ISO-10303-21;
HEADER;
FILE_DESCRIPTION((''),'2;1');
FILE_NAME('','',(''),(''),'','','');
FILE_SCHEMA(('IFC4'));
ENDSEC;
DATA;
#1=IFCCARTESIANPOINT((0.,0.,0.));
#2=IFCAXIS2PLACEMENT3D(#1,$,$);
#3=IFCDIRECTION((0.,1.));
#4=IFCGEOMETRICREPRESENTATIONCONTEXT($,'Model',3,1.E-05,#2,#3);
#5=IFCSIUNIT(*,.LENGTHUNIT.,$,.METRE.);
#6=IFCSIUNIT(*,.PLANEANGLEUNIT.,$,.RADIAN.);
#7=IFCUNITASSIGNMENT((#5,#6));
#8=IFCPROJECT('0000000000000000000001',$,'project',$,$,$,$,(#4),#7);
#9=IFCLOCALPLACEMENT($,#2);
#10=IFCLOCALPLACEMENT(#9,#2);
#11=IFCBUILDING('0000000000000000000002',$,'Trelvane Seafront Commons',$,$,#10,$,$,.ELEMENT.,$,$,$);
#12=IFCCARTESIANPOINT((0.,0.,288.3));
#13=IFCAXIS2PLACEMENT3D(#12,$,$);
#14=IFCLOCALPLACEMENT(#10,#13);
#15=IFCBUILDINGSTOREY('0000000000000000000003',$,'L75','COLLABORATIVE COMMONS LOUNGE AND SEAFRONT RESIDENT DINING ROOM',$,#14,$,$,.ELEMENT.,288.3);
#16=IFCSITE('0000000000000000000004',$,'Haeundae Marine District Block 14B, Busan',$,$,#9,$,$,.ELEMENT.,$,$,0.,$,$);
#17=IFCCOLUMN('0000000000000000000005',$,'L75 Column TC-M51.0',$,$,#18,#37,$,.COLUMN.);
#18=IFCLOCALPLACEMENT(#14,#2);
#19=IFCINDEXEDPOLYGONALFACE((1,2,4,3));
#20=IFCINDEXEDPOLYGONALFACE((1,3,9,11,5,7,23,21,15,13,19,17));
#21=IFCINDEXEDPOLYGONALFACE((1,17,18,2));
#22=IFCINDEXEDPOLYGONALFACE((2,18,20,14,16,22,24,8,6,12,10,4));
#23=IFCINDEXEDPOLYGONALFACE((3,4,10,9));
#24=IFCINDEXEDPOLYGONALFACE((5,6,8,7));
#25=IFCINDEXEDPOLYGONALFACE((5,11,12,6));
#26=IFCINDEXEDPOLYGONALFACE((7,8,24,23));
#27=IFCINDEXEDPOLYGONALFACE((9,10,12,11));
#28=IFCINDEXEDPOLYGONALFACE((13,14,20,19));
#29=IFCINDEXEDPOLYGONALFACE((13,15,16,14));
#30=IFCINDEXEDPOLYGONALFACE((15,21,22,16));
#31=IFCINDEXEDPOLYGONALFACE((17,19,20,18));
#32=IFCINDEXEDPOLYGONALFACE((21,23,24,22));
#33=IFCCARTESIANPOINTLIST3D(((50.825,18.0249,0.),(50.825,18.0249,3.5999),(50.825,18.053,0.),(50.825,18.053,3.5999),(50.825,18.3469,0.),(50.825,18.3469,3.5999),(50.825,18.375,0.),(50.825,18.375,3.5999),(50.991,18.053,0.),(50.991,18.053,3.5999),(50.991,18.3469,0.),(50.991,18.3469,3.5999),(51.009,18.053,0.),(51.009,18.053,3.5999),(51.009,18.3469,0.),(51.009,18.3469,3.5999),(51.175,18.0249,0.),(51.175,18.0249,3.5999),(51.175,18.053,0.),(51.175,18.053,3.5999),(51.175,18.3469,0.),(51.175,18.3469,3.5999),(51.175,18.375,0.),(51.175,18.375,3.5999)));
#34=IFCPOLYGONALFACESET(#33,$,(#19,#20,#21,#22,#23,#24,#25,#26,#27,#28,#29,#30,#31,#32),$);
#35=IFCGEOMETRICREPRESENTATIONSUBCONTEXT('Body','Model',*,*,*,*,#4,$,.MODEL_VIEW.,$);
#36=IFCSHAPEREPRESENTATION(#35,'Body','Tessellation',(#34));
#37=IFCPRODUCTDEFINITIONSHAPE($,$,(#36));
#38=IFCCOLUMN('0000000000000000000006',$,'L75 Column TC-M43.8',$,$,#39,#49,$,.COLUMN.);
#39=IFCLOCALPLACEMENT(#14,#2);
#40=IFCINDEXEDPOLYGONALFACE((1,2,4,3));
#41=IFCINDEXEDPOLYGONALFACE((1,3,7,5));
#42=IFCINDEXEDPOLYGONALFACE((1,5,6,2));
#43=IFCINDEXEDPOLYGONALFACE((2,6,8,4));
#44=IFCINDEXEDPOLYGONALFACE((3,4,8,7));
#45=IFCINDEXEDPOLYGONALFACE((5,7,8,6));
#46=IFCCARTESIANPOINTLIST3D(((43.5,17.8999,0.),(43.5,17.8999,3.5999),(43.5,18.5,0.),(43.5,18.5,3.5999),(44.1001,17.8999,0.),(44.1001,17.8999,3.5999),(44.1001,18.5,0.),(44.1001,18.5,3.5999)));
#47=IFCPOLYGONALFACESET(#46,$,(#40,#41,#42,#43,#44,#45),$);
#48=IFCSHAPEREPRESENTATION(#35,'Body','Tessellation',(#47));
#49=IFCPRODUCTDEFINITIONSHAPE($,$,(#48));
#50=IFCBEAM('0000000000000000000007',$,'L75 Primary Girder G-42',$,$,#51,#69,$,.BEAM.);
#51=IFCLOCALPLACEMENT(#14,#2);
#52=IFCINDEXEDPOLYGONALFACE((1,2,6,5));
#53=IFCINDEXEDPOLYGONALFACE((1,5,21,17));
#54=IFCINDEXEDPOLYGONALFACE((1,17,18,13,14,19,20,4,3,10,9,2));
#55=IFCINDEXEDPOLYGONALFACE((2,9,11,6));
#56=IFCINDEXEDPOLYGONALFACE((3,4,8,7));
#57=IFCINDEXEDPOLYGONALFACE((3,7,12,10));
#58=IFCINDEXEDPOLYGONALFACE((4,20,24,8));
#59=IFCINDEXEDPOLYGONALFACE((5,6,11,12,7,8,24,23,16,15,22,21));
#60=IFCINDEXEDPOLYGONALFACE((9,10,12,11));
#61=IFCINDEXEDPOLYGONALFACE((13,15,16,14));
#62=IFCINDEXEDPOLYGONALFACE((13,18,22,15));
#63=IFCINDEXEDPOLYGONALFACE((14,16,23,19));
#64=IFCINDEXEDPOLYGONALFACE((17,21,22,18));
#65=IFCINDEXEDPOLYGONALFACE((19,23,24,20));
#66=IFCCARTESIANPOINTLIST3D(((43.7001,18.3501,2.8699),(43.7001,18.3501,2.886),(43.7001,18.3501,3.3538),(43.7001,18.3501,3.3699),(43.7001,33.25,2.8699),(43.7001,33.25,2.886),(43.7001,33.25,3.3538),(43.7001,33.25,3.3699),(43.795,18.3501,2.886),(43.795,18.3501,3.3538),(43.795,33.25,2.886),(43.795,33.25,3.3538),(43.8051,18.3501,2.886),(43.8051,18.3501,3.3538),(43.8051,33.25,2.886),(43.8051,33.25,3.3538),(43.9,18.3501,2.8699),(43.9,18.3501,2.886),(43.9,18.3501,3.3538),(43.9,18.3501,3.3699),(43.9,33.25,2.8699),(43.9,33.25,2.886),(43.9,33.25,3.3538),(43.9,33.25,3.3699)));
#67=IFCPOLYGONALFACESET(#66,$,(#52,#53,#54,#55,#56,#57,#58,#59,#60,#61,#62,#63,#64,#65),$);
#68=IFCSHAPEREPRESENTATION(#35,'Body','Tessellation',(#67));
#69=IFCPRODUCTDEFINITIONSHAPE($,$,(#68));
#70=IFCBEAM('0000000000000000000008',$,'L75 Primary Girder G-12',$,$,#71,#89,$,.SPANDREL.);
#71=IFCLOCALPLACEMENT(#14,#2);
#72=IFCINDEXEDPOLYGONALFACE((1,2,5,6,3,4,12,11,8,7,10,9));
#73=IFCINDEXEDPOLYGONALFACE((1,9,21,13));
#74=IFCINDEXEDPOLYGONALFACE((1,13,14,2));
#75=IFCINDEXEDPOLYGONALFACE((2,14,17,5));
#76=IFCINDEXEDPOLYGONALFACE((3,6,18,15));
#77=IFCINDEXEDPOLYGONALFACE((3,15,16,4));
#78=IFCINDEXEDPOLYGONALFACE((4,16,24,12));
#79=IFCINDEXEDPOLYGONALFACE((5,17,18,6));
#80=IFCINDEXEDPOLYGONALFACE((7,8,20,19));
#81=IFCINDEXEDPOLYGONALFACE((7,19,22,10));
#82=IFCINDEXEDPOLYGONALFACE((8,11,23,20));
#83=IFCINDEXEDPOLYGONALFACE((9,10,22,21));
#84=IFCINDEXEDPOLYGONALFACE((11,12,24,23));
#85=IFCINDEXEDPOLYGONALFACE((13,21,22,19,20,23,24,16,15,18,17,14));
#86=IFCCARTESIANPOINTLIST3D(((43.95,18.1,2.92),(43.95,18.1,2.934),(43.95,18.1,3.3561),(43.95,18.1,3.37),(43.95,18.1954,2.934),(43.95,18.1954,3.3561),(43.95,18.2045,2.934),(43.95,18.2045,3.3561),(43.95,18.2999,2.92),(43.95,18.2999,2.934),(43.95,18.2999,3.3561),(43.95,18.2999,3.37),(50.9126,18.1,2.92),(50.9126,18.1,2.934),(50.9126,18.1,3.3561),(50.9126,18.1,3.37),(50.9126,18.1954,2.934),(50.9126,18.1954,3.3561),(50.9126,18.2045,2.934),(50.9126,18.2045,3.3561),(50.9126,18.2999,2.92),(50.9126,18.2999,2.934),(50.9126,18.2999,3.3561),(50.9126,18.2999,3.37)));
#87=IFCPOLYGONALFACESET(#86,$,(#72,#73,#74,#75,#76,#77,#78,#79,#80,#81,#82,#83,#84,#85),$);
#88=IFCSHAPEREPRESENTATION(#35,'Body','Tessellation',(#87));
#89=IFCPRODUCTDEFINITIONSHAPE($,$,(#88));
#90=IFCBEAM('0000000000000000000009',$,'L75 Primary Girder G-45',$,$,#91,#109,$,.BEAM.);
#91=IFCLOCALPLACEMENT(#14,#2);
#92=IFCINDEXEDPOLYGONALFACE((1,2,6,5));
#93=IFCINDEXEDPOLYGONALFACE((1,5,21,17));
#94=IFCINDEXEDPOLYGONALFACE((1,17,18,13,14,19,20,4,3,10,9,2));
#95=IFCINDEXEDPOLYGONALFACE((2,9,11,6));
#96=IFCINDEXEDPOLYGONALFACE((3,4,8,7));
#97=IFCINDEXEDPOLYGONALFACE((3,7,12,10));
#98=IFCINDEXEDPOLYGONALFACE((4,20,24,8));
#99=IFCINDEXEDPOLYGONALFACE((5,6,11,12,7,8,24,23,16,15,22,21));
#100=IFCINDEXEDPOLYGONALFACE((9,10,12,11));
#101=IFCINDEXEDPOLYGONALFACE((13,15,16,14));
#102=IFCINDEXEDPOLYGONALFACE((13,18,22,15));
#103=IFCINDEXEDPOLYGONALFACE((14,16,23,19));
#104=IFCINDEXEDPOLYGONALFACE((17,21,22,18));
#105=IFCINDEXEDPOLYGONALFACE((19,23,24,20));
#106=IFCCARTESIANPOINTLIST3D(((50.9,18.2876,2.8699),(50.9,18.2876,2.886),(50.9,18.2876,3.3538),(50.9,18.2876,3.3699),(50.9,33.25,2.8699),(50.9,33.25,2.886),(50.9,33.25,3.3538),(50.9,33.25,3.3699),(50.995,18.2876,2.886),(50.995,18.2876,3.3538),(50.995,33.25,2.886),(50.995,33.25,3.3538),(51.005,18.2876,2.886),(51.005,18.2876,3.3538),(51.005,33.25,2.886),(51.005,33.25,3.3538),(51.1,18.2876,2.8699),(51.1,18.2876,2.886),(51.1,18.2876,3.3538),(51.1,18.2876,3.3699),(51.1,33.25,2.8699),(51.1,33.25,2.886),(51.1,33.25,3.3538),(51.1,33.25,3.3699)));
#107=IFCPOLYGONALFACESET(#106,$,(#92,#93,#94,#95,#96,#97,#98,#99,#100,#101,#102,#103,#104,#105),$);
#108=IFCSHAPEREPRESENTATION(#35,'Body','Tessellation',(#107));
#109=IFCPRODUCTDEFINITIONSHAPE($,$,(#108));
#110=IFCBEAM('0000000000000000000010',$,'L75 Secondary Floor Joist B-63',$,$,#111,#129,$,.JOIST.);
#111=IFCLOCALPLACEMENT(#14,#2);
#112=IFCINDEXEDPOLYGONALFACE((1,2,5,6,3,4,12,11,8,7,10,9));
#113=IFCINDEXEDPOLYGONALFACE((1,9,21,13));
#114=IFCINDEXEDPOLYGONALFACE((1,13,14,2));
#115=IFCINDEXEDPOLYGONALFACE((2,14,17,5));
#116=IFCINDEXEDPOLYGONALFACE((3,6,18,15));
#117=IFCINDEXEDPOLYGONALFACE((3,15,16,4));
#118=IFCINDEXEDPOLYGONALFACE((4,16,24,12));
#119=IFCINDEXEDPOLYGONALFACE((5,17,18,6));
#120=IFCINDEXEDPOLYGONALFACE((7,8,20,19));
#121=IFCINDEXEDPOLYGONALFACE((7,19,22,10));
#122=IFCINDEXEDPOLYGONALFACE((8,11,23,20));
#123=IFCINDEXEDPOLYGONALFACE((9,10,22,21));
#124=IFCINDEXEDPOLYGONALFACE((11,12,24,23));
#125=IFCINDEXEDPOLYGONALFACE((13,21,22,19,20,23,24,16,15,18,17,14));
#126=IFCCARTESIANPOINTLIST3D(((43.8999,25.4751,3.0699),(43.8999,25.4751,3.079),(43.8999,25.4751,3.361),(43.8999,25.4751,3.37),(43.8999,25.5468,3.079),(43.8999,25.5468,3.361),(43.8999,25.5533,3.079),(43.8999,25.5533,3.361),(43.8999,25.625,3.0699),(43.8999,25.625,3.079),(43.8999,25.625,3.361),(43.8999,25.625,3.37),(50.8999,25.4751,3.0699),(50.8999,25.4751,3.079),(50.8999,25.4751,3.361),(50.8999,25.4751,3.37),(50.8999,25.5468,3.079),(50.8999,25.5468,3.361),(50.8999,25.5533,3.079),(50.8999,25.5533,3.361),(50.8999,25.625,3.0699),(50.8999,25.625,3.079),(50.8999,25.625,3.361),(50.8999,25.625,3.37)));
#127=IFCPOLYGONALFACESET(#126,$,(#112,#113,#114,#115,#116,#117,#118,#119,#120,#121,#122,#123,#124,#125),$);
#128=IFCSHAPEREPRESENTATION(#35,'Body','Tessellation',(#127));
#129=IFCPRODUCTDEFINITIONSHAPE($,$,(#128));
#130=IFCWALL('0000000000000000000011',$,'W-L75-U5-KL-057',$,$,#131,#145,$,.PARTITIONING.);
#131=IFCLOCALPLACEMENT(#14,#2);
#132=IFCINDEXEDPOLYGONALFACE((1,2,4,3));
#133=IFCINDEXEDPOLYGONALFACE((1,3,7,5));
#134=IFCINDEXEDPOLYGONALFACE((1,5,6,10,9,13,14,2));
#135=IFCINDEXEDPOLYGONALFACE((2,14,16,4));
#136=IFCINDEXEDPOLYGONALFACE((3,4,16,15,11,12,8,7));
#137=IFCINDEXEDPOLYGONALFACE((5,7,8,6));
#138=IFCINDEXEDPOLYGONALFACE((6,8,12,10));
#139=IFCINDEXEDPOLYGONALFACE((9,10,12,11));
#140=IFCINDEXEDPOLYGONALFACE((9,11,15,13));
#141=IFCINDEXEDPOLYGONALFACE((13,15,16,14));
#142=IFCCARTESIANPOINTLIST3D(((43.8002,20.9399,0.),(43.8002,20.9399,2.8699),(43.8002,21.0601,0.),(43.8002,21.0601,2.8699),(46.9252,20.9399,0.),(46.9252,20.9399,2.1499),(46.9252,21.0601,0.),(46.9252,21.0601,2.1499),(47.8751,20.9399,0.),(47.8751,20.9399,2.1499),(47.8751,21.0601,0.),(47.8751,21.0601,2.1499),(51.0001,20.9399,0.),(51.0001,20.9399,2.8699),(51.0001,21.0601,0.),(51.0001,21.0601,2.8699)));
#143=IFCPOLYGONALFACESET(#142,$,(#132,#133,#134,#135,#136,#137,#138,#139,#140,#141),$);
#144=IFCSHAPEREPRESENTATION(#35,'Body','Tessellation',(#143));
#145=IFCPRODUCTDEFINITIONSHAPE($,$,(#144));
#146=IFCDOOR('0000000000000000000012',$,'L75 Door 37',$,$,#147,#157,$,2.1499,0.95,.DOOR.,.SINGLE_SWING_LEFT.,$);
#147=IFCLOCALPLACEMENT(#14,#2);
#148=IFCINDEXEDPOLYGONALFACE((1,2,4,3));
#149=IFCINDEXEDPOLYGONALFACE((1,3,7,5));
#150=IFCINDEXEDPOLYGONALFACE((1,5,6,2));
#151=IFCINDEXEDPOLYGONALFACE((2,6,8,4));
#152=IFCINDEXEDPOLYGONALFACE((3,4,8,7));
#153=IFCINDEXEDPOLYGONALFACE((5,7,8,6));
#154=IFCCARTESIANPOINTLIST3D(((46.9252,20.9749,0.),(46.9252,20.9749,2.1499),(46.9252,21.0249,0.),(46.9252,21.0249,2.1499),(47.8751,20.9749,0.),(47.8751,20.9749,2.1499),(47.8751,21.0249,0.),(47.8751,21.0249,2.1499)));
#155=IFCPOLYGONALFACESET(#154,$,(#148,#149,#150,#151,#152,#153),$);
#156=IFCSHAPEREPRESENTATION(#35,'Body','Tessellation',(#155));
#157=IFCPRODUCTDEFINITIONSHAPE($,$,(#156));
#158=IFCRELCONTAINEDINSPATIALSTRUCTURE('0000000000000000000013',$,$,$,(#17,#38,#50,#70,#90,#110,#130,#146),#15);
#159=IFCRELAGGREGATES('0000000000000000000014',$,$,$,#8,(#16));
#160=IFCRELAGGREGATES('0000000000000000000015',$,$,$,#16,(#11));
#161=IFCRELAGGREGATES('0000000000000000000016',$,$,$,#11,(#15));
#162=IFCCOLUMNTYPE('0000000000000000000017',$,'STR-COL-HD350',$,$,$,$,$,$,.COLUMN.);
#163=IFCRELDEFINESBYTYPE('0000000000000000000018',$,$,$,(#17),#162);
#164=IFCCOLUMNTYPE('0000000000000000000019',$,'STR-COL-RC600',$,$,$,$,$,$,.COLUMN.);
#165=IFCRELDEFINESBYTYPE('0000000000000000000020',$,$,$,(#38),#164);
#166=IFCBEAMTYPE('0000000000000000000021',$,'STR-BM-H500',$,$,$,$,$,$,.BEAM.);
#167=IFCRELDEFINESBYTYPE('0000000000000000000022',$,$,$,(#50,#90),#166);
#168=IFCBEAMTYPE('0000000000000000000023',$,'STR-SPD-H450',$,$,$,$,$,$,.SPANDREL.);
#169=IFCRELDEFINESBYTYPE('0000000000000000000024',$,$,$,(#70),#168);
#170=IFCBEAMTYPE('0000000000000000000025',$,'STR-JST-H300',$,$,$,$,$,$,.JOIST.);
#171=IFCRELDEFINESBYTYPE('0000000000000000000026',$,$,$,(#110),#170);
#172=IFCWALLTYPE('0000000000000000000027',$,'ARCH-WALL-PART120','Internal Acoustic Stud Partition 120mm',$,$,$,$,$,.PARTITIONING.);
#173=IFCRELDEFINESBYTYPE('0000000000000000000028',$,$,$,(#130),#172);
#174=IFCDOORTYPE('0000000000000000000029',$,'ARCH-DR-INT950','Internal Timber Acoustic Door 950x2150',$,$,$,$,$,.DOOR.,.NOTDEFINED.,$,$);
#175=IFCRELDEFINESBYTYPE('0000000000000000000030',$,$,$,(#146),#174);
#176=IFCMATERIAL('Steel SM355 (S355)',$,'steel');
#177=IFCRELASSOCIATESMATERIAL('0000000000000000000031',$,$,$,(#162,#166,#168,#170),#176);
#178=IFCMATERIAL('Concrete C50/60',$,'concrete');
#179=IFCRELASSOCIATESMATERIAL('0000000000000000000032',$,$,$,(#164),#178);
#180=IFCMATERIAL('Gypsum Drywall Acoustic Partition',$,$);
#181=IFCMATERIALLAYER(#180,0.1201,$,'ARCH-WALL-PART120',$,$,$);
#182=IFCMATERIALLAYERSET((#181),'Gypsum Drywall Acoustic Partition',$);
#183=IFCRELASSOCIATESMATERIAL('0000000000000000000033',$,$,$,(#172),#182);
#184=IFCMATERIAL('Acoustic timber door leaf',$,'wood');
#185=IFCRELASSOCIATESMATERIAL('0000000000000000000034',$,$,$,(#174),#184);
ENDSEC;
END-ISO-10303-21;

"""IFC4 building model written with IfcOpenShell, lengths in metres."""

from ifc_helpers import new_model, si_unit, direction, frame, frame_2d, origin, origin_2d, place, context, subcontext, project, spatial, rectangle, i_section, extrude, source, transform, mapped, material, layer, layer_set, material_profile, profile_set, type_object, element, fill, save


model = new_model("IFC4")

# Units and contexts
model_context = context("Model", 3, precision=1e-05, world=origin(), true_north=direction((0.0, 1.0)))
body_context = subcontext(model_context, "Body", "Model", "MODEL_VIEW")
ifc_project = project(units=[si_unit("LENGTHUNIT", "METRE"), si_unit("PLANEANGLEUNIT", "RADIAN")], contexts=[model_context])

# Site, building, storey
site_placement = place(None, origin())
site = spatial("IfcSite", under=ifc_project, at=site_placement, Name="Haeundae Marine District Block 14B, Busan", CompositionType="ELEMENT", RefElevation=0.0)
building_placement = place(site_placement, origin())
building = spatial("IfcBuilding", under=site, at=building_placement, Name="Trelvane Seafront Commons", CompositionType="ELEMENT")
storey_placement = place(building_placement, frame((0.0, 0.0, 288.3)))
storey = spatial("IfcBuildingStorey", under=building, at=storey_placement, Name="L75", Description="COLLABORATIVE COMMONS LOUNGE AND SEAFRONT RESIDENT DINING ROOM", CompositionType="ELEMENT", Elevation=288.3)

# Columns
ifc_material_1 = material(Name="Steel SM355 (S355)", Category="steel")
ifc_material_profile_1 = material_profile(ifc_material_1, i_section(OverallWidth=0.3501, OverallDepth=0.3501, WebThickness=0.0181, FlangeThickness=0.0281, at=origin_2d()), Name="HD-350x350x18x28")
ifc_profile_set_1 = profile_set([ifc_material_profile_1], Name="Steel SM355 (S355)")
column_type_1 = type_object("IfcColumnType", Name="STR-COL-HD350", PredefinedType="COLUMN", material=ifc_profile_set_1)
shared_shape_1 = source(origin(), body_context, "Body", "SweptSolid", [
    extrude(i_section(OverallWidth=0.3501, OverallDepth=0.3501, WebThickness=0.0181, FlangeThickness=0.0281, at=origin_2d()), origin(), (0.0, 0.0, 1.0), 3.5999),
])
column_1_placement = place(storey_placement, frame((51.0, 18.2, 0.0), z_axis=(0.0, 0.0, 1.0), x_axis=(1.0, 0.0, 0.0)))
element("IfcColumn", 1, at=column_1_placement, inside=storey, type_object=column_type_1, Name="L75 Column TC-M51.0", PredefinedType="COLUMN", context=body_context, shape_type="MappedRepresentation", body=[
    mapped(shared_shape_1, transform((0.0, 0.0, 0.0), x_axis=(1.0, 0.0, 0.0), y_axis=(0.0, 1.0, 0.0), z_axis=(0.0, 0.0, 1.0), scale=1.0)),
])
ifc_material_2 = material(Name="Concrete C50/60", Category="concrete")
ifc_material_profile_2 = material_profile(ifc_material_2, rectangle(XDim=0.6001, YDim=0.6001, at=origin_2d()), Name="RC-600x600")
ifc_profile_set_2 = profile_set([ifc_material_profile_2], Name="Concrete C50/60")
column_type_2 = type_object("IfcColumnType", Name="STR-COL-RC600", PredefinedType="COLUMN", material=ifc_profile_set_2)
shared_shape_2 = source(origin(), body_context, "Body", "SweptSolid", [
    extrude(rectangle(XDim=0.6001, YDim=0.6001, at=origin_2d()), origin(), (0.0, 0.0, 1.0), 3.5999),
])
column_2_placement = place(storey_placement, frame((43.8, 18.2, 0.0), z_axis=(0.0, 0.0, 1.0), x_axis=(1.0, 0.0, 0.0)))
element("IfcColumn", 2, at=column_2_placement, inside=storey, type_object=column_type_2, Name="L75 Column TC-M43.8", PredefinedType="COLUMN", context=body_context, shape_type="MappedRepresentation", body=[
    mapped(shared_shape_2, transform((0.0, 0.0, 0.0), x_axis=(1.0, 0.0, 0.0), y_axis=(0.0, 1.0, 0.0), z_axis=(0.0, 0.0, 1.0), scale=1.0)),
])

# Beams
ifc_material_profile_3 = material_profile(ifc_material_1, i_section(OverallWidth=0.2, OverallDepth=0.5, WebThickness=0.01, FlangeThickness=0.0161, at=origin_2d()), Name="H-500x200x10x16")
ifc_profile_set_3 = profile_set([ifc_material_profile_3], Name="Steel SM355 (S355)")
beam_type_1 = type_object("IfcBeamType", Name="STR-BM-H500", PredefinedType="BEAM", material=ifc_profile_set_3)
shared_shape_3 = source(origin(), body_context, "Body", "SweptSolid", [
    extrude(i_section(OverallWidth=0.2, OverallDepth=0.5, WebThickness=0.01, FlangeThickness=0.0161, at=origin_2d()), origin(), (0.0, 0.0, 1.0), 14.8999),
])
beam_1_placement = place(storey_placement, frame((43.8, 18.3501, 3.1199), z_axis=(0.0, 1.0, 0.0), x_axis=(-1.0, 0.0, 0.0)))
element("IfcBeam", 3, at=beam_1_placement, inside=storey, type_object=beam_type_1, Name="L75 Primary Girder G-42", PredefinedType="BEAM", context=body_context, shape_type="MappedRepresentation", body=[
    mapped(shared_shape_3, transform((0.0, 0.0, 0.0), x_axis=(1.0, 0.0, 0.0), y_axis=(0.0, 1.0, 0.0), z_axis=(0.0, 0.0, 1.0), scale=1.0)),
])
ifc_material_profile_4 = material_profile(ifc_material_1, i_section(OverallWidth=0.2, OverallDepth=0.45, WebThickness=0.009, FlangeThickness=0.0139, at=origin_2d()), Name="H-450x200x9x14")
ifc_profile_set_4 = profile_set([ifc_material_profile_4], Name="Steel SM355 (S355)")
beam_type_2 = type_object("IfcBeamType", Name="STR-SPD-H450", PredefinedType="SPANDREL", material=ifc_profile_set_4)
shared_shape_4 = source(origin(), body_context, "Body", "SweptSolid", [
    extrude(i_section(OverallWidth=0.2, OverallDepth=0.45, WebThickness=0.009, FlangeThickness=0.0139, at=origin_2d()), origin(), (0.0, 0.0, 1.0), 6.9626),
])
beam_2_placement = place(storey_placement, frame((43.95, 18.2, 3.145), z_axis=(1.0, 0.0, 0.0), x_axis=(0.0, 1.0, 0.0)))
element("IfcBeam", 4, at=beam_2_placement, inside=storey, type_object=beam_type_2, Name="L75 Primary Girder G-12", PredefinedType="SPANDREL", context=body_context, shape_type="MappedRepresentation", body=[
    mapped(shared_shape_4, transform((0.0, 0.0, 0.0), x_axis=(1.0, 0.0, 0.0), y_axis=(0.0, 1.0, 0.0), z_axis=(0.0, 0.0, 1.0), scale=1.0)),
])
shared_shape_5 = source(origin(), body_context, "Body", "SweptSolid", [
    extrude(i_section(OverallWidth=0.2, OverallDepth=0.5, WebThickness=0.01, FlangeThickness=0.0161, at=origin_2d()), origin(), (0.0, 0.0, 1.0), 14.9624),
])
beam_3_placement = place(storey_placement, frame((51.0, 18.2876, 3.1199), z_axis=(0.0, 1.0, 0.0), x_axis=(-1.0, 0.0, 0.0)))
element("IfcBeam", 5, at=beam_3_placement, inside=storey, type_object=beam_type_1, Name="L75 Primary Girder G-45", PredefinedType="BEAM", context=body_context, shape_type="MappedRepresentation", body=[
    mapped(shared_shape_5, transform((0.0, 0.0, 0.0), x_axis=(1.0, 0.0, 0.0), y_axis=(0.0, 1.0, 0.0), z_axis=(0.0, 0.0, 1.0), scale=1.0)),
])
ifc_material_profile_5 = material_profile(ifc_material_1, i_section(OverallWidth=0.1499, OverallDepth=0.3, WebThickness=0.0066, FlangeThickness=0.009, at=origin_2d()), Name="H-300x150x6.5x9")
ifc_profile_set_5 = profile_set([ifc_material_profile_5], Name="Steel SM355 (S355)")
beam_type_3 = type_object("IfcBeamType", Name="STR-JST-H300", PredefinedType="JOIST", material=ifc_profile_set_5)
shared_shape_6 = source(origin(), body_context, "Body", "SweptSolid", [
    extrude(i_section(OverallWidth=0.1499, OverallDepth=0.3, WebThickness=0.0066, FlangeThickness=0.009, at=origin_2d()), origin(), (0.0, 0.0, 1.0), 7.0),
])
beam_4_placement = place(storey_placement, frame((43.8999, 25.55, 3.22), z_axis=(1.0, 0.0, 0.0), x_axis=(0.0, 1.0, 0.0)))
element("IfcBeam", 6, at=beam_4_placement, inside=storey, type_object=beam_type_3, Name="L75 Secondary Floor Joist B-63", PredefinedType="JOIST", context=body_context, shape_type="MappedRepresentation", body=[
    mapped(shared_shape_6, transform((0.0, 0.0, 0.0), x_axis=(1.0, 0.0, 0.0), y_axis=(0.0, 1.0, 0.0), z_axis=(0.0, 0.0, 1.0), scale=1.0)),
])

# Wall, opening, door
ifc_material_3 = material(Name="Gypsum Drywall Acoustic Partition")
ifc_layer = layer(ifc_material_3, 0.1201, Name="ARCH-WALL-PART120")
ifc_layer_set = layer_set([ifc_layer], Name="Gypsum Drywall Acoustic Partition")
wall_type = type_object("IfcWallType", Name="ARCH-WALL-PART120", Description="Internal Acoustic Stud Partition 120mm", PredefinedType="PARTITIONING", material=ifc_layer_set)
wall_1_placement = place(storey_placement, frame((43.8, 21.0, 0.0), z_axis=(0.0, 0.0, 1.0), x_axis=(1.0, 0.0, 0.0)))
wall_1 = element("IfcWall", 7, at=wall_1_placement, inside=storey, type_object=wall_type, Name="W-L75-U5-KL-057", PredefinedType="PARTITIONING", context=body_context, shape_type="SweptSolid", body=[
    extrude(rectangle(XDim=7.2, YDim=0.1201, at=frame_2d((3.6001, 0.0))), origin(), (0.0, 0.0, 1.0), 2.8699),
])
opening_1_placement = place(wall_1_placement, frame((3.125, 0.0, 0.0)))
opening_1 = element("IfcOpeningElement", 8, at=opening_1_placement, cuts=wall_1, PredefinedType="OPENING", context=body_context, shape_type="SweptSolid", body=[
    extrude(rectangle(XDim=0.95, YDim=2.1499, at=frame_2d((0.4751, 1.075))), frame((0.0, 0.0701, 0.0), z_axis=(0.0, -1.0, 0.0), x_axis=(1.0, 0.0, 0.0)), (0.0, 0.0, 1.0), 0.1401),
])
ifc_material_4 = material(Name="Acoustic timber door leaf", Category="wood")
door_type_1 = type_object("IfcDoorType", Name="ARCH-DR-INT950", Description="Internal Timber Acoustic Door 950x2150", OperationType="NOTDEFINED", PredefinedType="DOOR", material=ifc_material_4)
shared_shape_7 = source(origin(), body_context, "Body", "SweptSolid", [
    extrude(rectangle(XDim=0.95, YDim=2.1499, at=frame_2d((0.4751, 1.075))), frame((0.0, 0.0249, 0.0), z_axis=(0.0, -1.0, 0.0), x_axis=(1.0, 0.0, 0.0)), (0.0, 0.0, 1.0), 0.05),
])
door_1_placement = place(opening_1_placement, origin())
door_1 = element("IfcDoor", 9, at=door_1_placement, inside=storey, type_object=door_type_1, Name="L75 Door 37", OperationType="SINGLE_SWING_LEFT", OverallHeight=2.1499, OverallWidth=0.95, PredefinedType="DOOR", context=body_context, shape_type="MappedRepresentation", body=[
    mapped(shared_shape_7, transform((0.0, 0.0, 0.0), x_axis=(1.0, 0.0, 0.0), y_axis=(0.0, 1.0, 0.0), z_axis=(0.0, 0.0, 1.0), scale=1.0)),
])
fill(opening_1, door_1)

save(model, "model.ifc")
